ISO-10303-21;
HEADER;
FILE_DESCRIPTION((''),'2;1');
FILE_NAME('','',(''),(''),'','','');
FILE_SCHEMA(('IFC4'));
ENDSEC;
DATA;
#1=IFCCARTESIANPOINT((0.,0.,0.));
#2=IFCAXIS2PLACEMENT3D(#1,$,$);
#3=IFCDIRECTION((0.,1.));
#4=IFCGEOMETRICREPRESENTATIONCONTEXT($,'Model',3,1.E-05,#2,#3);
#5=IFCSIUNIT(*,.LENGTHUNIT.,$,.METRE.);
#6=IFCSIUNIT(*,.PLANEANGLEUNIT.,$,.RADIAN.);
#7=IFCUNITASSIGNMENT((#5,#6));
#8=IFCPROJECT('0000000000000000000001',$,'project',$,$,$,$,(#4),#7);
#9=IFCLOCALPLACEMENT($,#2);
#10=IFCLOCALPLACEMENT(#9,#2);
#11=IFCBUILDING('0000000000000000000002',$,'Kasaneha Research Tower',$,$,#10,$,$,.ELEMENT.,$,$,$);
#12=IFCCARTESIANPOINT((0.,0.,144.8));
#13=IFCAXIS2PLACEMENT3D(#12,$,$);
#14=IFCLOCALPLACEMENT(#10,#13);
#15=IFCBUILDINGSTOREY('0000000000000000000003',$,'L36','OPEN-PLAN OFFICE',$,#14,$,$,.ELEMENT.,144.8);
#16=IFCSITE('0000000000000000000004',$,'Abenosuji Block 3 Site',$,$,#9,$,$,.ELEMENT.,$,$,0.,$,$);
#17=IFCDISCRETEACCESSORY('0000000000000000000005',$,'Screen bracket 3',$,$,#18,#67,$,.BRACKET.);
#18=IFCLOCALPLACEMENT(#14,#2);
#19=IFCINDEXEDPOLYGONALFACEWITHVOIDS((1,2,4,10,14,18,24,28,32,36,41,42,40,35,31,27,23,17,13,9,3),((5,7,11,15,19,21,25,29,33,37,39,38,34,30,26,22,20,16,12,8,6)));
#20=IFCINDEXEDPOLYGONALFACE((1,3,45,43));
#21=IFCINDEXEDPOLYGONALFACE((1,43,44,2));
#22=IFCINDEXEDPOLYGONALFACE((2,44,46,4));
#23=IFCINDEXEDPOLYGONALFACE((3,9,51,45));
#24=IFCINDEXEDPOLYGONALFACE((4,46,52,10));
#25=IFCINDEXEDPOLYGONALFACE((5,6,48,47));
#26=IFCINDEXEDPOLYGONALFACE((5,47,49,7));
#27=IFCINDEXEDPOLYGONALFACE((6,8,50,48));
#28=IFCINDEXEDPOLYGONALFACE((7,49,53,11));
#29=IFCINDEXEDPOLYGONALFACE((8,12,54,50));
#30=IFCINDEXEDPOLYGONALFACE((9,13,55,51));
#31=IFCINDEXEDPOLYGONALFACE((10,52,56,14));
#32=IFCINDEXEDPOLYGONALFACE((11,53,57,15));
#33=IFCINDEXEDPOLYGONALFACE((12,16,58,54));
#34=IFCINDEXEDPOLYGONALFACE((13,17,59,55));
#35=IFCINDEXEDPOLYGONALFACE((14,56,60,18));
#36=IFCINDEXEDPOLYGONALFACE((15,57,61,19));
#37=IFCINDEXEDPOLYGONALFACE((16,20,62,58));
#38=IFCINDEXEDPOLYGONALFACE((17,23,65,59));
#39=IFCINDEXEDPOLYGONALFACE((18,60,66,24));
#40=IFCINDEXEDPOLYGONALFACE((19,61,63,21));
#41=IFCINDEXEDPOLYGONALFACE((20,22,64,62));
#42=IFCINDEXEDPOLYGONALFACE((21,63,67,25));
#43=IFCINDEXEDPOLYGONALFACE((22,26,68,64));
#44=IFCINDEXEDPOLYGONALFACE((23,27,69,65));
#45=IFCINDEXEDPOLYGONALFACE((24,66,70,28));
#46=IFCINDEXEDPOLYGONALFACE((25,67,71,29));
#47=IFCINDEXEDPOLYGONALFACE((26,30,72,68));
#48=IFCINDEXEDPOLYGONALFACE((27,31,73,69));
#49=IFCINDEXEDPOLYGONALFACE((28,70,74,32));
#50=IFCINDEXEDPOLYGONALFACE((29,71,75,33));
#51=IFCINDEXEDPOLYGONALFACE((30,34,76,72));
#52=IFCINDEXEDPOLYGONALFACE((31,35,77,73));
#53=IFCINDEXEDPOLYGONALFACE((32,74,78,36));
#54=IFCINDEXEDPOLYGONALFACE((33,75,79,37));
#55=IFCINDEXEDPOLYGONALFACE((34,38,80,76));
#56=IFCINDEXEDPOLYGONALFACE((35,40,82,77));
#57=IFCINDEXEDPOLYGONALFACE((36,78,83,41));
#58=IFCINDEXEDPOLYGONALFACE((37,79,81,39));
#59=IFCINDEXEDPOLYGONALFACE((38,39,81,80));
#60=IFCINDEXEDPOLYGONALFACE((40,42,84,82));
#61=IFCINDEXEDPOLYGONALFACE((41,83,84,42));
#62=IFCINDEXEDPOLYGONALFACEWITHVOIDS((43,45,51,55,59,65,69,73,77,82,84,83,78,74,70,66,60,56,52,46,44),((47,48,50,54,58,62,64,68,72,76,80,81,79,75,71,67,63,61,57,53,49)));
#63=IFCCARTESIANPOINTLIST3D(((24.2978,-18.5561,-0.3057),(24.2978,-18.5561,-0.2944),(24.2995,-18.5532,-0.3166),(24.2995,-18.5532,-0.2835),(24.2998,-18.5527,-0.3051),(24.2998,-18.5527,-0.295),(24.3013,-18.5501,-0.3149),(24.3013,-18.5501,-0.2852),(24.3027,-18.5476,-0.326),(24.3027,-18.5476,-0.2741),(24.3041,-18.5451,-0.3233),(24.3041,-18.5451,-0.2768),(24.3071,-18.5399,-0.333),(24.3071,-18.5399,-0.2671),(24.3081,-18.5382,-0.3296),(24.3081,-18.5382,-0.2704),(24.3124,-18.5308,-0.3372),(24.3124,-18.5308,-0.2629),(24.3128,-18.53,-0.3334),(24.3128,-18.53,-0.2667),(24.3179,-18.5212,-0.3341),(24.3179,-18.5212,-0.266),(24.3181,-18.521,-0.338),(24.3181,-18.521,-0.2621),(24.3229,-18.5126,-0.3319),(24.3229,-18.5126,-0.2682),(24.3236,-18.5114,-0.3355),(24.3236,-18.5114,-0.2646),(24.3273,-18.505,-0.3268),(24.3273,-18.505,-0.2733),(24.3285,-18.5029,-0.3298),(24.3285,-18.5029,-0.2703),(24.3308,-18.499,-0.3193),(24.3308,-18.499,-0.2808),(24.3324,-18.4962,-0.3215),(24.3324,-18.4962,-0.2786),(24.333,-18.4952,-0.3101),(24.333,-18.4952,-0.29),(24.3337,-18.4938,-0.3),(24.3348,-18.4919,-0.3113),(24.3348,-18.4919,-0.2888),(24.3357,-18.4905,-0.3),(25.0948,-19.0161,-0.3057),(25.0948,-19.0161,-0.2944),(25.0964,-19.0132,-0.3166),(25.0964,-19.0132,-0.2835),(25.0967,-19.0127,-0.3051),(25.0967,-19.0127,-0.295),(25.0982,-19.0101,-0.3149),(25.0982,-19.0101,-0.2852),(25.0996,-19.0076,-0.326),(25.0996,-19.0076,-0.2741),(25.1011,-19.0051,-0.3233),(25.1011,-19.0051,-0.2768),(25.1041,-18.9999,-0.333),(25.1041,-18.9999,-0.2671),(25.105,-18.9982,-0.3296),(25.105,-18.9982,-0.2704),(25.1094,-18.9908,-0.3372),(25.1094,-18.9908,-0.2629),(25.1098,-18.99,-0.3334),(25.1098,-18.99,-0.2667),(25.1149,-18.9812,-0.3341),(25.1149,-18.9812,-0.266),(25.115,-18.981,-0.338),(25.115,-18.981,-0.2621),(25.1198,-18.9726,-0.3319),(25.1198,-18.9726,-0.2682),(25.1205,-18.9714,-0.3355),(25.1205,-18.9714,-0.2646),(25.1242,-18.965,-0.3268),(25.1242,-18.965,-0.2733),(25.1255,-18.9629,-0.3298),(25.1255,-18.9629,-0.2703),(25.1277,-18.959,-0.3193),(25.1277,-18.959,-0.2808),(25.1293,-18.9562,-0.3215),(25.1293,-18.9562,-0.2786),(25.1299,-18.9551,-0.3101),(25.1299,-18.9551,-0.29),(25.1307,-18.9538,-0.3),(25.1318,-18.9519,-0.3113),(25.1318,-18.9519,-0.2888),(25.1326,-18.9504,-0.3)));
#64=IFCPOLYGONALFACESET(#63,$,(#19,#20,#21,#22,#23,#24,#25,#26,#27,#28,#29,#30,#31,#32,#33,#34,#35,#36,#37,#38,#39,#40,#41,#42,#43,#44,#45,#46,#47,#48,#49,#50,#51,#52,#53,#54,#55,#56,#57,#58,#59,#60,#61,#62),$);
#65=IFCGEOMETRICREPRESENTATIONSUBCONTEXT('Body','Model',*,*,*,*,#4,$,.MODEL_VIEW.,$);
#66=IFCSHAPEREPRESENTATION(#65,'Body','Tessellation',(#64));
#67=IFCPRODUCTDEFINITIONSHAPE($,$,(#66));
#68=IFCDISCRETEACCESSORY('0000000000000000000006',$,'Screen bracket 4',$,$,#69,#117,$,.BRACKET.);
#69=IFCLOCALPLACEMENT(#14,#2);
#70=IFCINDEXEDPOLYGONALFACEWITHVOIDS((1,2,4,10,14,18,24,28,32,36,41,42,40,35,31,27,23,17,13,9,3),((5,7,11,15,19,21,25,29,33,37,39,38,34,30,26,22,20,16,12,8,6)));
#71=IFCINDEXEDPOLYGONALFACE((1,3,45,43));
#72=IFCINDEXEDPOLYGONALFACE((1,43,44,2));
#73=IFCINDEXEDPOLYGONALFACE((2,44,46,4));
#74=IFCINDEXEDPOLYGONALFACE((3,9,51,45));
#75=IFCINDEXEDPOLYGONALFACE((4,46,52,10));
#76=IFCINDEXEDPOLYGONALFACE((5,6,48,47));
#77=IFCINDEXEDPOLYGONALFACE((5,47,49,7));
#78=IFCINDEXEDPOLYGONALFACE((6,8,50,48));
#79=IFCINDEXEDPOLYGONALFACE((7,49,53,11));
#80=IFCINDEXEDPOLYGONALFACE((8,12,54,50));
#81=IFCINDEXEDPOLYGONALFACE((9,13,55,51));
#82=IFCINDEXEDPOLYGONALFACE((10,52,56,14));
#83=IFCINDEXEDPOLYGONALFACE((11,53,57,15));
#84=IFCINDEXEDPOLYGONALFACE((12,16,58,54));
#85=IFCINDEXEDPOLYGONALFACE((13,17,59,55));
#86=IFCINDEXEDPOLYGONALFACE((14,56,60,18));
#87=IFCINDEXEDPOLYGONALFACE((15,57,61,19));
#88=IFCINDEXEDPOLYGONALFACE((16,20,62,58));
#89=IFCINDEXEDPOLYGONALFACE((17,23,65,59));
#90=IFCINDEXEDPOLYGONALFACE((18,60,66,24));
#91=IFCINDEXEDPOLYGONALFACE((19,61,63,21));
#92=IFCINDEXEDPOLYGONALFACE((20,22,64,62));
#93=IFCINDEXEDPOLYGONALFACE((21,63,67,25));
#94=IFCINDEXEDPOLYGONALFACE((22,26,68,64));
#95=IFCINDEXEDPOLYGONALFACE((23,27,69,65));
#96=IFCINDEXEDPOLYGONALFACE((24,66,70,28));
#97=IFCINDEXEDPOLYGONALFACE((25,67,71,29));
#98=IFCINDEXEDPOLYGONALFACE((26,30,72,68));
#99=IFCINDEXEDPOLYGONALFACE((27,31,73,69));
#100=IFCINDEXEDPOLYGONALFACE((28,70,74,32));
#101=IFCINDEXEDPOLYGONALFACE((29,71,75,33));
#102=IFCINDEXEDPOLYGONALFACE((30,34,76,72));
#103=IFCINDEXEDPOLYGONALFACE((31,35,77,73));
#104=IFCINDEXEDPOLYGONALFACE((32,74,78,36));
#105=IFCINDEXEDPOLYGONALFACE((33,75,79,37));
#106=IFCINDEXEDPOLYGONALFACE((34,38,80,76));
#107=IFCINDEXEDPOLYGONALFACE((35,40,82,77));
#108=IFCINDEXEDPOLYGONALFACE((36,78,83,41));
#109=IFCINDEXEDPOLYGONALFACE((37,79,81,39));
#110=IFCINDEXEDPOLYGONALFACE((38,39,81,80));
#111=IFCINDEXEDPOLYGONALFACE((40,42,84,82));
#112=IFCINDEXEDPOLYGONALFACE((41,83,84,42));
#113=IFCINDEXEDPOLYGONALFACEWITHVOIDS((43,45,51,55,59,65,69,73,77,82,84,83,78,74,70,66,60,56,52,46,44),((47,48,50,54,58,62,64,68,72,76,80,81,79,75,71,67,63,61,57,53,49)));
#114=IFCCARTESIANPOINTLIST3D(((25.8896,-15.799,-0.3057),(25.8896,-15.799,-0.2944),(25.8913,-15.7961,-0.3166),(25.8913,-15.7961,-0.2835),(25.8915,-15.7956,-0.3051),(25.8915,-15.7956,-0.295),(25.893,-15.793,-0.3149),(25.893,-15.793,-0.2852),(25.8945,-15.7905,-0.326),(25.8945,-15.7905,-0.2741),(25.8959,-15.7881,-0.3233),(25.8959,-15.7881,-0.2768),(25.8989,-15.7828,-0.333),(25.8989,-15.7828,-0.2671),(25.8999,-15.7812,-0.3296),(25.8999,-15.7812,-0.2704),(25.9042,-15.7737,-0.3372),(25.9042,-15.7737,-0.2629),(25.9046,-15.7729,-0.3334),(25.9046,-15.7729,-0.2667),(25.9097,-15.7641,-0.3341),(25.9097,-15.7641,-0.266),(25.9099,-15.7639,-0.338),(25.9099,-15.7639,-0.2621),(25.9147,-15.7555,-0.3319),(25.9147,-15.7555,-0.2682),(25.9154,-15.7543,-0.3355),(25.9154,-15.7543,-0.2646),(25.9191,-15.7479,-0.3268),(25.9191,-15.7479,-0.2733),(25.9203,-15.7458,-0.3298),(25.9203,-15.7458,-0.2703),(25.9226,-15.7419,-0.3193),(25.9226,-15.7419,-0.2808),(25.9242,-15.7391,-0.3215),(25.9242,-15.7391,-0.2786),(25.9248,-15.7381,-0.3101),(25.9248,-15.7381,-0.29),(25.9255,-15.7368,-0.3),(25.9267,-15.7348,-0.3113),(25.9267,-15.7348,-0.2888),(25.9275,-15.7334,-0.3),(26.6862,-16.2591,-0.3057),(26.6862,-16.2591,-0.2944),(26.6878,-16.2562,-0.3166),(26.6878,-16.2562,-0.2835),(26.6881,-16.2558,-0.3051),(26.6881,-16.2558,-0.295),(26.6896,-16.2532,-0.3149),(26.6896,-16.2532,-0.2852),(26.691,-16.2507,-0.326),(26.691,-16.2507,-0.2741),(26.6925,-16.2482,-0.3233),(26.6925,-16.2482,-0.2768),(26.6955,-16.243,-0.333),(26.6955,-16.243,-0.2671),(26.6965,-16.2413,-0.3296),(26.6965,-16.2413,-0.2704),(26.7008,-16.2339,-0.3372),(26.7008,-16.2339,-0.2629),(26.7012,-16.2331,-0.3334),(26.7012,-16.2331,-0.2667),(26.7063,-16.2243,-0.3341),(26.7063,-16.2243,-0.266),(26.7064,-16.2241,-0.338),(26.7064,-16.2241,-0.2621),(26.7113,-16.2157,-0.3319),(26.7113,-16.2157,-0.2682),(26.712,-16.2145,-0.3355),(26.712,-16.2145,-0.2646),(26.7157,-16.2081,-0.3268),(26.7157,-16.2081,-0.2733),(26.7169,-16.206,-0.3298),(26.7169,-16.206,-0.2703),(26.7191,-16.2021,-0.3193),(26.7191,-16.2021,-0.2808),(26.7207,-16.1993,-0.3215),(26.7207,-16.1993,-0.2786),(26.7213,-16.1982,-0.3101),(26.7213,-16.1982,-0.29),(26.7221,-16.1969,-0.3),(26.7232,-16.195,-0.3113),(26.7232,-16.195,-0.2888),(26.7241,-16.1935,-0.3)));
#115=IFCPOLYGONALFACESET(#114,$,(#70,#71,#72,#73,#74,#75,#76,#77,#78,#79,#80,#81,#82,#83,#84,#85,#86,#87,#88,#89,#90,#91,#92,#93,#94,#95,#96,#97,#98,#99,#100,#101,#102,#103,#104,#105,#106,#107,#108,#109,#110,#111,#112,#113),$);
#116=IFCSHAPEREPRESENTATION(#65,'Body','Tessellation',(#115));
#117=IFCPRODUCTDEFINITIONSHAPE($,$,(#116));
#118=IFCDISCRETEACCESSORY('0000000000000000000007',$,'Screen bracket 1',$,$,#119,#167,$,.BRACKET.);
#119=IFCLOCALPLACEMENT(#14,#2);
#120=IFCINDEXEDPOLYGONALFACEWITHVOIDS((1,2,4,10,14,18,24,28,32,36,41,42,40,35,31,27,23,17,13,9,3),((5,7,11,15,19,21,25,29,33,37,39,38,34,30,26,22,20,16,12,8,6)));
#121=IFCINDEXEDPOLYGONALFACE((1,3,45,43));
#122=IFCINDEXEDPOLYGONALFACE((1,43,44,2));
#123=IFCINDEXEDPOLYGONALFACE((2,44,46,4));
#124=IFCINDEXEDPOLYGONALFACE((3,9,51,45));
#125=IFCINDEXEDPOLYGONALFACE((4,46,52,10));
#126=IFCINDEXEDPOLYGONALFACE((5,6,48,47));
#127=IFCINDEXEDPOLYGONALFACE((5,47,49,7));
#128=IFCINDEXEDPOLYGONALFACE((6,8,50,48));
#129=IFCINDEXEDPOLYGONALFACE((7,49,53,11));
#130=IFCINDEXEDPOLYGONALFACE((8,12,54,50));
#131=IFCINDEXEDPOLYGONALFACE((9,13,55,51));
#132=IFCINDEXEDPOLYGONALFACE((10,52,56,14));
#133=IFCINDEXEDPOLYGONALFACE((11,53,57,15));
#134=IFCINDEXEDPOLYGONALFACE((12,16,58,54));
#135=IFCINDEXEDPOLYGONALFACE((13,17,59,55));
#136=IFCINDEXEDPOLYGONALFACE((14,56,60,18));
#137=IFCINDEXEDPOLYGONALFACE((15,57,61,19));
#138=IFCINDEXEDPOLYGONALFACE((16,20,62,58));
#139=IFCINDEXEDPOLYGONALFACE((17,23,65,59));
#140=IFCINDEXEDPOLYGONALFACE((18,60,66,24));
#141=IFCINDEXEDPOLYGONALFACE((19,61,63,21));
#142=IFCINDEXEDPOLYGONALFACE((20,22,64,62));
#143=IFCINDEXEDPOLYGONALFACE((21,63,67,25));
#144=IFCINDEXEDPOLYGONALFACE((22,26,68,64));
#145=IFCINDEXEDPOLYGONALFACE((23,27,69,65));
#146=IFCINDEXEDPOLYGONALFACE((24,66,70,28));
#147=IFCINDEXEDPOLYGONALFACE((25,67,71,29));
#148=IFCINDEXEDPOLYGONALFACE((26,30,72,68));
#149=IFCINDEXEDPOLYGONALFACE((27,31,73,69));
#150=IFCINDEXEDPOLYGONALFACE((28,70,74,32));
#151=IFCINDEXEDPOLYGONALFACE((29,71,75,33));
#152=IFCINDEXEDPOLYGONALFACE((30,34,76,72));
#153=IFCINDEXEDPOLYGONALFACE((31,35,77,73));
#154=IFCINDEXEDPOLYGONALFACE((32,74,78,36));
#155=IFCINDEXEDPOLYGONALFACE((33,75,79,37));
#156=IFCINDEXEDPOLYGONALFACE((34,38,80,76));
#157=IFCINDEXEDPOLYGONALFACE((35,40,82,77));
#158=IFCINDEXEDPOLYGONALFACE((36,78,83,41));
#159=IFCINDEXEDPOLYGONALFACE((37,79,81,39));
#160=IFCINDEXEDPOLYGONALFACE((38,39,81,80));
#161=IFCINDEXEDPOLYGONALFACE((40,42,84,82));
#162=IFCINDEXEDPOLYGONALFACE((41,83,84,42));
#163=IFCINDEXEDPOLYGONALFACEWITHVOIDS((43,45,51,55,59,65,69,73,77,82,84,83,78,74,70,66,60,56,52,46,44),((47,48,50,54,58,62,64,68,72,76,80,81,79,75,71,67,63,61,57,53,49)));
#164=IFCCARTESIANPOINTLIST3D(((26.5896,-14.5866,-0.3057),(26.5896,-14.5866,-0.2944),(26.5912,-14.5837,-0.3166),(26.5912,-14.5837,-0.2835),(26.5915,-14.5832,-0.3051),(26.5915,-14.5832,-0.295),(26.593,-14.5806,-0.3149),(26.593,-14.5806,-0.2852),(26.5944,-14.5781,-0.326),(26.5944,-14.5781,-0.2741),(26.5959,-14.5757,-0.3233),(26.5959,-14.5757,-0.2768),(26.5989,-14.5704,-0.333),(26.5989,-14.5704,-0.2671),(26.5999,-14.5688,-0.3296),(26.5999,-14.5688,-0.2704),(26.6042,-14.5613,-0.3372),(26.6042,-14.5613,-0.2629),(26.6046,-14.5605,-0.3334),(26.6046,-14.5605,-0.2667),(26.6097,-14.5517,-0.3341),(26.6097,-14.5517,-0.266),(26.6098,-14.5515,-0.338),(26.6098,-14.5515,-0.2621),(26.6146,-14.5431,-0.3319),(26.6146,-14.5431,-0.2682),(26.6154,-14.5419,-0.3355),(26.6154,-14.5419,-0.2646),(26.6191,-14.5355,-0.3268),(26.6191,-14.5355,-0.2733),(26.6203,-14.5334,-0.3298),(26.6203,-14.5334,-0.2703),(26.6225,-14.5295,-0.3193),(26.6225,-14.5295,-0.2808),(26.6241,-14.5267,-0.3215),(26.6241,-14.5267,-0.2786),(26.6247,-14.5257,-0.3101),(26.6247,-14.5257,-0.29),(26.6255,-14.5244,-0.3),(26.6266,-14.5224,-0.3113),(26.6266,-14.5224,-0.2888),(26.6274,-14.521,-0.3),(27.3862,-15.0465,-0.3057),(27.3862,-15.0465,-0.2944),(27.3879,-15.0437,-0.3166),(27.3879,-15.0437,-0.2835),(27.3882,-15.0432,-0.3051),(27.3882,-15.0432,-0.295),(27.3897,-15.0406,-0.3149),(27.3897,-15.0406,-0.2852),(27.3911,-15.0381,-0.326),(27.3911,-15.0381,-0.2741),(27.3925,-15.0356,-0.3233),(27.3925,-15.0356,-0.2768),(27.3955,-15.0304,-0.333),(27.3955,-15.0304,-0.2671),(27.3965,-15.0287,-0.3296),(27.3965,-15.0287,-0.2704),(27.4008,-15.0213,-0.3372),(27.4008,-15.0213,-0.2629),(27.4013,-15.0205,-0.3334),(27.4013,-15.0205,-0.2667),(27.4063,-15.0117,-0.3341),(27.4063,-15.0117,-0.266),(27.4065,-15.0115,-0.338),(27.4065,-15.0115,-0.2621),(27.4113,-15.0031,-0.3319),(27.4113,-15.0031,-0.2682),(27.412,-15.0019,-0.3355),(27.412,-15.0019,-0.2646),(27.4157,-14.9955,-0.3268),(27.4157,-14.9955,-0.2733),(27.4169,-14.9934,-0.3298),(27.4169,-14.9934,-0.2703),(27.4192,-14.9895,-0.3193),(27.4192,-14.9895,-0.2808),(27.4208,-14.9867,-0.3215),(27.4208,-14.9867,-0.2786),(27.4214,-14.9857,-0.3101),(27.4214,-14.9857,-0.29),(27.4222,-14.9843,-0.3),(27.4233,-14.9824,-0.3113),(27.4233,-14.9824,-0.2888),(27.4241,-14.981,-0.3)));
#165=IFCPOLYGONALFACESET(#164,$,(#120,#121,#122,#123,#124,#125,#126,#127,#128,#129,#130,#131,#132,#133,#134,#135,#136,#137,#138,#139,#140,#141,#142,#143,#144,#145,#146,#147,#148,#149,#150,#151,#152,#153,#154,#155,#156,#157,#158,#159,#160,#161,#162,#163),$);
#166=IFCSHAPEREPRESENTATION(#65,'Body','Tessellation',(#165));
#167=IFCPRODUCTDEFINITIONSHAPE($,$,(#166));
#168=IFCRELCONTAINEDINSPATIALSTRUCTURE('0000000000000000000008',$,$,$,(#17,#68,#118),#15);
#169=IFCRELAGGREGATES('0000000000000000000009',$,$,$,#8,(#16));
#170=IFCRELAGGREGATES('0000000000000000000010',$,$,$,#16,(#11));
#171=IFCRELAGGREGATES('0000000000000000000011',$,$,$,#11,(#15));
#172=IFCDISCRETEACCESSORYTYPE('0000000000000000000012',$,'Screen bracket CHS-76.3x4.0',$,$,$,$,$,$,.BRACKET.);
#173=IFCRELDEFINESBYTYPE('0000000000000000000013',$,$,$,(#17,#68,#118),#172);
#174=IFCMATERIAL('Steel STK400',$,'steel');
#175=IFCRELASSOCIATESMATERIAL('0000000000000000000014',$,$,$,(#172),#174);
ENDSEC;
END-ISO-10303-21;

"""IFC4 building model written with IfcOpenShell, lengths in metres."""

from ifc_helpers import new_model, si_unit, direction, frame, origin, origin_2d, place, context, subcontext, project, spatial, hollow_circle, extrude, material, material_profile, profile_set, type_object, element, save


model = new_model("IFC4")

# Units and contexts
model_context = context("Model", 3, precision=1e-05, world=origin(), true_north=direction((0.0, 1.0)))
body_context = subcontext(model_context, "Body", "Model", "MODEL_VIEW")
ifc_project = project(units=[si_unit("LENGTHUNIT", "METRE"), si_unit("PLANEANGLEUNIT", "RADIAN")], contexts=[model_context])

# Site, building, storey
site_placement = place(None, origin())
site = spatial("IfcSite", under=ifc_project, at=site_placement, Name="Abenosuji Block 3 Site", CompositionType="ELEMENT", RefElevation=0.0)
building_placement = place(site_placement, origin())
building = spatial("IfcBuilding", under=site, at=building_placement, Name="Kasaneha Research Tower", CompositionType="ELEMENT")
storey_placement = place(building_placement, frame((0.0, 0.0, 144.8)))
storey = spatial("IfcBuildingStorey", under=building, at=storey_placement, Name="L36", Description="OPEN-PLAN OFFICE", CompositionType="ELEMENT", Elevation=144.8)

# Discrete accessories
ifc_material_1 = material(Name="Steel STK400", Category="steel")
ifc_material_profile_1 = material_profile(ifc_material_1, hollow_circle(Radius=0.0381, WallThickness=0.0039, at=origin_2d()), Name="CHS-76.3x4.0")
ifc_profile_set_1 = profile_set([ifc_material_profile_1], Name="Steel STK400")
discrete_accessory_type = type_object("IfcDiscreteAccessoryType", Name="Screen bracket CHS-76.3x4.0", PredefinedType="BRACKET", material=ifc_profile_set_1)
discrete_accessory_1_placement = place(storey_placement, frame((24.3167, -18.5234, -0.3), z_axis=(0.86608, -0.499906, 0.0), x_axis=(0.499906, 0.86608, 0.0)))
element("IfcDiscreteAccessory", 1, at=discrete_accessory_1_placement, inside=storey, type_object=discrete_accessory_type, Name="Screen bracket 3", PredefinedType="BRACKET", context=body_context, shape_type="SweptSolid", body=[
    extrude(hollow_circle(Radius=0.0381, WallThickness=0.0039, at=origin_2d()), origin(), (0.0, 0.0, 1.0), 0.9202),
])
for number, where, z_axis, x_axis, name in (
    (2, (25.9084, -15.7664, -0.3), (0.865898, -0.50022, 0.0), (0.50022, 0.865898, 0.0), "Screen bracket 4"),
    (3, (26.6084, -14.554, -0.3), (0.866013, -0.500021, 0.0), (0.500021, 0.866013, 0.0), "Screen bracket 1"),
):
    element("IfcDiscreteAccessory", number, at=place(storey_placement, frame(where, z_axis=z_axis, x_axis=x_axis)), inside=storey, type_object=discrete_accessory_type, Name=name, PredefinedType="BRACKET", context=body_context, shape_type="SweptSolid", body=[
        extrude(hollow_circle(Radius=0.0381, WallThickness=0.0039, at=origin_2d()), origin(), (0.0, 0.0, 1.0), 0.9199),
    ])

save(model, "model.ifc")
